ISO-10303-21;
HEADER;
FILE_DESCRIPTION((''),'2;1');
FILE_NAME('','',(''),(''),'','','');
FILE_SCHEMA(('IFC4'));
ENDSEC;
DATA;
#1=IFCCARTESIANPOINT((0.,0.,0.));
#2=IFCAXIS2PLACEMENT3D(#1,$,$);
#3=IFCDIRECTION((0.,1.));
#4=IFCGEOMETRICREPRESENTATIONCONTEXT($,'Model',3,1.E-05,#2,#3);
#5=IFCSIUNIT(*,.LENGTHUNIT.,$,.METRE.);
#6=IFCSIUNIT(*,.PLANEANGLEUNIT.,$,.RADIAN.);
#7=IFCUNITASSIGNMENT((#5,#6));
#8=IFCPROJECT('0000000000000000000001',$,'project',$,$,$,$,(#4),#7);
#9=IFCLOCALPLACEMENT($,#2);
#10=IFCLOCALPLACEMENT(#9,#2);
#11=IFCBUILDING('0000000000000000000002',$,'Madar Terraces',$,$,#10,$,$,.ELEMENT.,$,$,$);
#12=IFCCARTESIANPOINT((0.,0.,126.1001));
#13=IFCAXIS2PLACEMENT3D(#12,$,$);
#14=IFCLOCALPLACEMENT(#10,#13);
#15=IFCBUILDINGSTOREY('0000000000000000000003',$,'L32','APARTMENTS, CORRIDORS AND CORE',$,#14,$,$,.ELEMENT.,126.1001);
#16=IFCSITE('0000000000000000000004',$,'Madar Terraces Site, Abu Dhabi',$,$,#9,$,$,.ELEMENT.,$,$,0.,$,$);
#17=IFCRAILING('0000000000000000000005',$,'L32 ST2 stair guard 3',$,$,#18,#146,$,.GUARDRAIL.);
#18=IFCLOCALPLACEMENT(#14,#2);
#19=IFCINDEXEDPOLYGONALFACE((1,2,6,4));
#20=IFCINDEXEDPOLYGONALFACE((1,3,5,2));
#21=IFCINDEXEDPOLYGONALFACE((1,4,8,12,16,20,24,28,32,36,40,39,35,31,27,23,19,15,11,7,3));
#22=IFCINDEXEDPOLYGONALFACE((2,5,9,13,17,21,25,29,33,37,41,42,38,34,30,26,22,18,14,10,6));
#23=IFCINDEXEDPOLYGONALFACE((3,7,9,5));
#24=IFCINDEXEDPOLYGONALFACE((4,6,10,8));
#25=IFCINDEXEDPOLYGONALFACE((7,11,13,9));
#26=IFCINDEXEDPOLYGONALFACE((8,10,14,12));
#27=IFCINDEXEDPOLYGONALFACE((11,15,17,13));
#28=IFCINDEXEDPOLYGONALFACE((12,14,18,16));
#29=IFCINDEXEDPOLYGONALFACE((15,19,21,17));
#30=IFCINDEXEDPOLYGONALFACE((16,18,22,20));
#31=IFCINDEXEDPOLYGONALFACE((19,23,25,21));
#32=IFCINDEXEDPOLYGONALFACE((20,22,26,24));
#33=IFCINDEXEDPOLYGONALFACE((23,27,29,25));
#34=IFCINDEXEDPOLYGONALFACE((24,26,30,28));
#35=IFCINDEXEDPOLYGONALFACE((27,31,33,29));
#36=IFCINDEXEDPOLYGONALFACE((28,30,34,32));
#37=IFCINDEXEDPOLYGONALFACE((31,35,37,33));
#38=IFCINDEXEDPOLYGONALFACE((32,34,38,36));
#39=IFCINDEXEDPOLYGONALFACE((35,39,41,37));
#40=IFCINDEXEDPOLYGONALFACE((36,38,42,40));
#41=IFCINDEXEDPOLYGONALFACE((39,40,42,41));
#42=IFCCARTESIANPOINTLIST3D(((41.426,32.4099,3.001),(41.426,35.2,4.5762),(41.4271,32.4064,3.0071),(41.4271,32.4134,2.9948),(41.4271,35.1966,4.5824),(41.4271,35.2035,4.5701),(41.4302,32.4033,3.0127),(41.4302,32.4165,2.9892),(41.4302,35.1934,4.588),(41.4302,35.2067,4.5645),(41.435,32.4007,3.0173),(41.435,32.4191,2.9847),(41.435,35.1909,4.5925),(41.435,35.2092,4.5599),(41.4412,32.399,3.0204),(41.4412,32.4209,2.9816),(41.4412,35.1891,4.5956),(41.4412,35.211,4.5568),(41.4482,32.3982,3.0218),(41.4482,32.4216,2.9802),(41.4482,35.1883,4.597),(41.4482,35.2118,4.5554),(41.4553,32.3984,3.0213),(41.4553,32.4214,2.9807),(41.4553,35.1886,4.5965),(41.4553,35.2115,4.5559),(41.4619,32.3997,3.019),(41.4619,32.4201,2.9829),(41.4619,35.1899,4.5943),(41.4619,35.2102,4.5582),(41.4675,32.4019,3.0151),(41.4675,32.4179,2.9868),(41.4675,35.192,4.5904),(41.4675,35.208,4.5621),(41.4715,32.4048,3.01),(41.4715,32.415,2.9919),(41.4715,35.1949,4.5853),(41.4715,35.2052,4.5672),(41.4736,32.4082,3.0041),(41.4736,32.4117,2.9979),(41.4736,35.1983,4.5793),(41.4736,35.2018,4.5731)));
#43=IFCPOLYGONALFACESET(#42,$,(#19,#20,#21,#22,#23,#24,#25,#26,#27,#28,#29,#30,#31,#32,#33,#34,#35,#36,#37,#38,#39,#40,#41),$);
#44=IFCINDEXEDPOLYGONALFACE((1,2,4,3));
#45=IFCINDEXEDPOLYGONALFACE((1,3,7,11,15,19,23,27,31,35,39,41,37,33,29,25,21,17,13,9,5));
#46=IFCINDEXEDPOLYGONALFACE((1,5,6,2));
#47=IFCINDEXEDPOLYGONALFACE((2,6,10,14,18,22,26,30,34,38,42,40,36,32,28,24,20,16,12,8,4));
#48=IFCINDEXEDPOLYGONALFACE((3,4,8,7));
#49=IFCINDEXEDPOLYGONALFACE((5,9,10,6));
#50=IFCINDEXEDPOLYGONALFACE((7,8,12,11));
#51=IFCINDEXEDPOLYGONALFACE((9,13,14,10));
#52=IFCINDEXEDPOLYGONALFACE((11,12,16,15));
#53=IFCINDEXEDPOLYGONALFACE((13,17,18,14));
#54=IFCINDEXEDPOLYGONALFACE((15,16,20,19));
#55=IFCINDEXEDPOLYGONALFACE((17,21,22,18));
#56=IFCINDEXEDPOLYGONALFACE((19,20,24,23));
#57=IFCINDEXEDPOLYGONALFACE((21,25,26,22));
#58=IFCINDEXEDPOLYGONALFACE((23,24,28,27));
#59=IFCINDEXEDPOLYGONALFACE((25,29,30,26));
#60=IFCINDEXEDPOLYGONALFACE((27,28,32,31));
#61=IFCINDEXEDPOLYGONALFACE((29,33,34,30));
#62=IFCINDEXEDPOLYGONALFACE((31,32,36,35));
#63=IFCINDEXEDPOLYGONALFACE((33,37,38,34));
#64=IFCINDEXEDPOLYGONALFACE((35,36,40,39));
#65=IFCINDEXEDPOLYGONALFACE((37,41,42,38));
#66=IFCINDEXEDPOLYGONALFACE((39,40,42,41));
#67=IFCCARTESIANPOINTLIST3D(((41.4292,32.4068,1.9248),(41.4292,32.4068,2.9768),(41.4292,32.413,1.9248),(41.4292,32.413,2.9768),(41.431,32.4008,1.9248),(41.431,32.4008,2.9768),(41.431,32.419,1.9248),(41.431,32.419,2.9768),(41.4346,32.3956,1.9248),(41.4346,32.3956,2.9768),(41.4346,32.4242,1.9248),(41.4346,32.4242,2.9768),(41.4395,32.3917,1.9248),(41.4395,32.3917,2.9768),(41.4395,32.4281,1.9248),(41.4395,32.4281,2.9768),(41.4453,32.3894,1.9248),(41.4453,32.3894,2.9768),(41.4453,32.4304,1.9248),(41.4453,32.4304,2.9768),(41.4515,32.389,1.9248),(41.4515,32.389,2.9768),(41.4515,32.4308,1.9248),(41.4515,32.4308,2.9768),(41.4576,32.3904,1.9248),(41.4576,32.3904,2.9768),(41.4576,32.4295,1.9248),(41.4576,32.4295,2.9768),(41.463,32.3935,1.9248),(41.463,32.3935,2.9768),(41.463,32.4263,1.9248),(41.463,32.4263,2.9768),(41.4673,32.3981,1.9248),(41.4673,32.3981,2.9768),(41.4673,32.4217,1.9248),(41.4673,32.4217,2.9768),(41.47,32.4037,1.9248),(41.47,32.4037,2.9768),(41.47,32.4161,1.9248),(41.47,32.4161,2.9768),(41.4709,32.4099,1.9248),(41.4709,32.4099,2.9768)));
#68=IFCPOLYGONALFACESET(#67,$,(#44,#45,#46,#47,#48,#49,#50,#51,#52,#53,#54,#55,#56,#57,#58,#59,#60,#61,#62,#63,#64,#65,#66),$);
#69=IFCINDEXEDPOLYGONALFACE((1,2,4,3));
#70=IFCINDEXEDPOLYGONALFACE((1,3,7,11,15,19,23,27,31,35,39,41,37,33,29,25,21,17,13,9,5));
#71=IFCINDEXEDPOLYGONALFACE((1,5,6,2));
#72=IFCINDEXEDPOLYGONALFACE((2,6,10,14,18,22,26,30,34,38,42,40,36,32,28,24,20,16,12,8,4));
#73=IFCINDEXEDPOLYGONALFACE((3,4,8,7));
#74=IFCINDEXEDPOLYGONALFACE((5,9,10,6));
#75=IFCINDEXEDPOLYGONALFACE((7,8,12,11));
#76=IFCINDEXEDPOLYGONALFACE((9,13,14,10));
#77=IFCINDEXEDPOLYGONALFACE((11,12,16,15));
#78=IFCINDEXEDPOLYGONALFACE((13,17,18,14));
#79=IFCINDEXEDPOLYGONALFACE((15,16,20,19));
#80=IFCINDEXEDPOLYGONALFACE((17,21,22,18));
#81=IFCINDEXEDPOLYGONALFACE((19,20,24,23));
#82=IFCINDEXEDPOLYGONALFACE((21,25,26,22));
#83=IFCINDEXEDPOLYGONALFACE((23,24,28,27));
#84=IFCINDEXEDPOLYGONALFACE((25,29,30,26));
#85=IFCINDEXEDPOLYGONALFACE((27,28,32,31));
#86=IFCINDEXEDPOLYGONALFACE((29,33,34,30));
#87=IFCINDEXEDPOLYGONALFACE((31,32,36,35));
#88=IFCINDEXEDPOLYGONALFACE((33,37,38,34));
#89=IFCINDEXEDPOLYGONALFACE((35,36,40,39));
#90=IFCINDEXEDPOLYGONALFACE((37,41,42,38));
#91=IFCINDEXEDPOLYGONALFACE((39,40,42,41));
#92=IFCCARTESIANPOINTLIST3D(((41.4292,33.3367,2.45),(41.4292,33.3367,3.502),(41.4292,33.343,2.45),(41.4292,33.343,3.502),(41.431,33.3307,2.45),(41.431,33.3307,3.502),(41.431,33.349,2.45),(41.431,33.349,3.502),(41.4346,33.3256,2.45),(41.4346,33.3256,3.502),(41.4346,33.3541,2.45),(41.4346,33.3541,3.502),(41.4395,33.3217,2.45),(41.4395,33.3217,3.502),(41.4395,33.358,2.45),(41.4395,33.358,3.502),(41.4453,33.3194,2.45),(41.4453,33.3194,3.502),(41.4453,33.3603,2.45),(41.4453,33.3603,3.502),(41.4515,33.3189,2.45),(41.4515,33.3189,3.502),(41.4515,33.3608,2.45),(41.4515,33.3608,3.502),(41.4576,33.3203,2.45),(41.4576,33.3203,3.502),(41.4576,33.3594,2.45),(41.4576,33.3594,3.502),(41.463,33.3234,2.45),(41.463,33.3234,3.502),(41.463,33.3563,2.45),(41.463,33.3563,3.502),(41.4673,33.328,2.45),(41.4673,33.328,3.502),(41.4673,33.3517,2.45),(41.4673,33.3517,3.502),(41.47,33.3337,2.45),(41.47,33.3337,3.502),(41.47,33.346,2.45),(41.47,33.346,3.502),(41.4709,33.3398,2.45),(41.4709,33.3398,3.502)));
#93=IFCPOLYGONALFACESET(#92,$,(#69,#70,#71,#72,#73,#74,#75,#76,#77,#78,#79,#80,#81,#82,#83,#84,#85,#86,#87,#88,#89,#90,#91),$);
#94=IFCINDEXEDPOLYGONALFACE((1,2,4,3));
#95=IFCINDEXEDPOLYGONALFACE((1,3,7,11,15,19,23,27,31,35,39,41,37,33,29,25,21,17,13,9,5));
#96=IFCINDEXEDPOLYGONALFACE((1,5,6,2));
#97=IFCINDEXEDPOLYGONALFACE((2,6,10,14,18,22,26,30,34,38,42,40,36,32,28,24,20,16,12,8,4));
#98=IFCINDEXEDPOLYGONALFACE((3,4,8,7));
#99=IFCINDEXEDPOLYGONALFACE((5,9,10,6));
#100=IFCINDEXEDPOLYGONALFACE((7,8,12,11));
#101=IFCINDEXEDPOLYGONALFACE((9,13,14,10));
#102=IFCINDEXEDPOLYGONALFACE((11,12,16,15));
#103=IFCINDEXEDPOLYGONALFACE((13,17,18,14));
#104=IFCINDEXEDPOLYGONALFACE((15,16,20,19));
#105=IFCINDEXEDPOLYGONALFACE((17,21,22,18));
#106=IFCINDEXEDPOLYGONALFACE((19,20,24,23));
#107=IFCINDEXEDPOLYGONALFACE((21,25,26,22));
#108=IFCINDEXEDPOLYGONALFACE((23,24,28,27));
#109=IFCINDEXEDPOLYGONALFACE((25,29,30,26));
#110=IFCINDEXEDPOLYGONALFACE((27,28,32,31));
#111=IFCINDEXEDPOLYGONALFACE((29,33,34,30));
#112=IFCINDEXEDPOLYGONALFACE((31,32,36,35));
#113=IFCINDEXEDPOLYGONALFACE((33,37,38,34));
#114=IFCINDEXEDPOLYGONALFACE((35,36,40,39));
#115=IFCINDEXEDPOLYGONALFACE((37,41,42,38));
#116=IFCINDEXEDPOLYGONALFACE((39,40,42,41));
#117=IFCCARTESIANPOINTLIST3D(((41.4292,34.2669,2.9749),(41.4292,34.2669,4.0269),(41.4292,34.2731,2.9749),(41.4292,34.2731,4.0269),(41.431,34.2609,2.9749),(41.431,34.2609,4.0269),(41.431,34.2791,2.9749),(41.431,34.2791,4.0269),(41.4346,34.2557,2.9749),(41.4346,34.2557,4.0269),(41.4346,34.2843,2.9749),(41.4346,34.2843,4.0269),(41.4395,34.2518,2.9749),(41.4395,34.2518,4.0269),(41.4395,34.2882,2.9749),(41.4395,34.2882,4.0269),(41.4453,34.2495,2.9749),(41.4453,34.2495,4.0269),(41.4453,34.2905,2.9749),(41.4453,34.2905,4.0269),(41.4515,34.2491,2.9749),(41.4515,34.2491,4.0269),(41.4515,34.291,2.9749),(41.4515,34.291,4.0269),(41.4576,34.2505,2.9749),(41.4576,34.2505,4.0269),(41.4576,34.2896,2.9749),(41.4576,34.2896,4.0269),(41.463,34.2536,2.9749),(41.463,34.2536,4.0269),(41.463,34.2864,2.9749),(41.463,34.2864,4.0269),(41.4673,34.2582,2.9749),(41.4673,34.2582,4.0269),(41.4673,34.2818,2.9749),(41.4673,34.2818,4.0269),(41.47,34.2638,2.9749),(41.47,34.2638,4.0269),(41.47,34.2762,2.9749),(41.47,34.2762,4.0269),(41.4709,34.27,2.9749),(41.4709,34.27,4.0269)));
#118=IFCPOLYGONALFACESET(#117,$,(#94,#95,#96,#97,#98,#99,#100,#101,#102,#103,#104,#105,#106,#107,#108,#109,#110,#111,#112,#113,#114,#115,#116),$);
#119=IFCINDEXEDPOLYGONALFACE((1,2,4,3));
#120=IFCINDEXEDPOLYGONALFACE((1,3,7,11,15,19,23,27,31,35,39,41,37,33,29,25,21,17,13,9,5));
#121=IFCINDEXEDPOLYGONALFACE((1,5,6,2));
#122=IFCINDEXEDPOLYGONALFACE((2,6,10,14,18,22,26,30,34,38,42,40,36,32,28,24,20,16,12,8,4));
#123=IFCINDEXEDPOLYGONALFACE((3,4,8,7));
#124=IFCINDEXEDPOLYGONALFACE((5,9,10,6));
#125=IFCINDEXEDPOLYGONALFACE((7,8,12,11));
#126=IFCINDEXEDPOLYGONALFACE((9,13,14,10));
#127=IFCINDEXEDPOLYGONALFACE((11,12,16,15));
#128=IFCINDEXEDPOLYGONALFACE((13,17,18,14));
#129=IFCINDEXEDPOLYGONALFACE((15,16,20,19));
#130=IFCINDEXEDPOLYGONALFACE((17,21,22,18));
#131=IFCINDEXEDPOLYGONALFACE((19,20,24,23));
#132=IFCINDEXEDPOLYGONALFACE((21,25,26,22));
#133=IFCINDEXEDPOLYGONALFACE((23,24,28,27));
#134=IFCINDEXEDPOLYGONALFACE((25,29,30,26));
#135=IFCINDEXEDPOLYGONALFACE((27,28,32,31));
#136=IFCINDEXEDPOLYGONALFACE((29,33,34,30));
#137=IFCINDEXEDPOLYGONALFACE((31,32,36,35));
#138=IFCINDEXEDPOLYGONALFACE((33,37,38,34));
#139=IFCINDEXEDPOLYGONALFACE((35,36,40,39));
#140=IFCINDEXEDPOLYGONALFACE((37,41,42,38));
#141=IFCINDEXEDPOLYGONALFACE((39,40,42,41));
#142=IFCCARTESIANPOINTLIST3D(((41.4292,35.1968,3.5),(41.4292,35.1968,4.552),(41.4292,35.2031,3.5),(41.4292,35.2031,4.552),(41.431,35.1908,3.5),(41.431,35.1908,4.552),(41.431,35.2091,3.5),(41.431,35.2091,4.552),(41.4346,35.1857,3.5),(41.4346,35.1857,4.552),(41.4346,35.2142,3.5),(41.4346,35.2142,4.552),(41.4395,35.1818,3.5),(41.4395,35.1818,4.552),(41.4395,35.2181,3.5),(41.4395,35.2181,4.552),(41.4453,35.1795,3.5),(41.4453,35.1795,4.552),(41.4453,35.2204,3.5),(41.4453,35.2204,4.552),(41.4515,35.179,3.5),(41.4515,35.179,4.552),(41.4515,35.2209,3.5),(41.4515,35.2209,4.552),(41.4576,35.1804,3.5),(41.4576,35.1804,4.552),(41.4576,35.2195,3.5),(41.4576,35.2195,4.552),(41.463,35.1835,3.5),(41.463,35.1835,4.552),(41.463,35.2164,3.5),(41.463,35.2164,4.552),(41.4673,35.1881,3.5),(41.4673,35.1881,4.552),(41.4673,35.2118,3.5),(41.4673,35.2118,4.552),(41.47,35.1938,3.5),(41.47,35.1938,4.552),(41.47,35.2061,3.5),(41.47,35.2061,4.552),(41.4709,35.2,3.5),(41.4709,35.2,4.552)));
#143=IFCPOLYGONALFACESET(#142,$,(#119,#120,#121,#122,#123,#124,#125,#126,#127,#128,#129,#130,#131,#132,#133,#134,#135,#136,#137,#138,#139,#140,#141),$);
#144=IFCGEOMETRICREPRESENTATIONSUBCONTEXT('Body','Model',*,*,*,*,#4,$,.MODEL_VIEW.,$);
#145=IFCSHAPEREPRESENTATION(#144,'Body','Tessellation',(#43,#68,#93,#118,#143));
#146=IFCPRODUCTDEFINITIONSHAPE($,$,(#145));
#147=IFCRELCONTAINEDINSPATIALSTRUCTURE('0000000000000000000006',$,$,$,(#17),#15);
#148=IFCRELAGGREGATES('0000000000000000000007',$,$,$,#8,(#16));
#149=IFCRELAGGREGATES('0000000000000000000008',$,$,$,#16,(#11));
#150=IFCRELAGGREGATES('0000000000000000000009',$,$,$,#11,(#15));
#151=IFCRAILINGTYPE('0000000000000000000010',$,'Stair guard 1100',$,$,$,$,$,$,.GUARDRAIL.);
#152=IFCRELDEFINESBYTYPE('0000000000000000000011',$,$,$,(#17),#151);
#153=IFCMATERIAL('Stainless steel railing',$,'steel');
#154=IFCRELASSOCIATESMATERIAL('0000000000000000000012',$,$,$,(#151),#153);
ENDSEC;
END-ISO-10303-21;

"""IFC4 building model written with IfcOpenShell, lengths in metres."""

from ifc_helpers import new_model, si_unit, direction, frame, origin, origin_2d, place, context, subcontext, project, spatial, circle, extrude, material, type_object, element, save


model = new_model("IFC4")

# Units and contexts
model_context = context("Model", 3, precision=1e-05, world=origin(), true_north=direction((0.0, 1.0)))
body_context = subcontext(model_context, "Body", "Model", "MODEL_VIEW")
ifc_project = project(units=[si_unit("LENGTHUNIT", "METRE"), si_unit("PLANEANGLEUNIT", "RADIAN")], contexts=[model_context])

# Site, building, storey
site_placement = place(None, origin())
site = spatial("IfcSite", under=ifc_project, at=site_placement, Name="Madar Terraces Site, Abu Dhabi", CompositionType="ELEMENT", RefElevation=0.0)
building_placement = place(site_placement, origin())
building = spatial("IfcBuilding", under=site, at=building_placement, Name="Madar Terraces", CompositionType="ELEMENT")
storey_placement = place(building_placement, frame((0.0, 0.0, 126.1001)))
storey = spatial("IfcBuildingStorey", under=building, at=storey_placement, Name="L32", Description="APARTMENTS, CORRIDORS AND CORE", CompositionType="ELEMENT", Elevation=126.1001)

# Railing
ifc_material_1 = material(Name="Stainless steel railing", Category="steel")
railing_type_1 = type_object("IfcRailingType", Name="Stair guard 1100", PredefinedType="GUARDRAIL", material=ifc_material_1)
railing_1_placement = place(storey_placement, frame((41.45, 32.4099, 1.9248)))
element("IfcRailing", 1, at=railing_1_placement, inside=storey, type_object=railing_type_1, Name="L32 ST2 stair guard 3", PredefinedType="GUARDRAIL", context=body_context, shape_type="SweptSolid", body=[
    extrude(circle(Radius=0.0239, at=origin_2d()), frame((0.0, 0.0, 1.0762), z_axis=(0.0, 0.870801, 0.491635), x_axis=(-1.0, 0.0, 0.0)), (0.0, 0.0, 1.0), 3.2041),
    extrude(circle(Radius=0.021, at=origin_2d()), origin(), (0.0, 0.0, 1.0), 1.052),
    extrude(circle(Radius=0.021, at=origin_2d()), frame((0.0, 0.9299, 0.5251)), (0.0, 0.0, 1.0), 1.052),
    extrude(circle(Radius=0.021, at=origin_2d()), frame((0.0, 1.8601, 1.05)), (0.0, 0.0, 1.0), 1.052),
    extrude(circle(Radius=0.021, at=origin_2d()), frame((0.0, 2.79, 1.5752)), (0.0, 0.0, 1.0), 1.052),
])

save(model, "model.ifc")
